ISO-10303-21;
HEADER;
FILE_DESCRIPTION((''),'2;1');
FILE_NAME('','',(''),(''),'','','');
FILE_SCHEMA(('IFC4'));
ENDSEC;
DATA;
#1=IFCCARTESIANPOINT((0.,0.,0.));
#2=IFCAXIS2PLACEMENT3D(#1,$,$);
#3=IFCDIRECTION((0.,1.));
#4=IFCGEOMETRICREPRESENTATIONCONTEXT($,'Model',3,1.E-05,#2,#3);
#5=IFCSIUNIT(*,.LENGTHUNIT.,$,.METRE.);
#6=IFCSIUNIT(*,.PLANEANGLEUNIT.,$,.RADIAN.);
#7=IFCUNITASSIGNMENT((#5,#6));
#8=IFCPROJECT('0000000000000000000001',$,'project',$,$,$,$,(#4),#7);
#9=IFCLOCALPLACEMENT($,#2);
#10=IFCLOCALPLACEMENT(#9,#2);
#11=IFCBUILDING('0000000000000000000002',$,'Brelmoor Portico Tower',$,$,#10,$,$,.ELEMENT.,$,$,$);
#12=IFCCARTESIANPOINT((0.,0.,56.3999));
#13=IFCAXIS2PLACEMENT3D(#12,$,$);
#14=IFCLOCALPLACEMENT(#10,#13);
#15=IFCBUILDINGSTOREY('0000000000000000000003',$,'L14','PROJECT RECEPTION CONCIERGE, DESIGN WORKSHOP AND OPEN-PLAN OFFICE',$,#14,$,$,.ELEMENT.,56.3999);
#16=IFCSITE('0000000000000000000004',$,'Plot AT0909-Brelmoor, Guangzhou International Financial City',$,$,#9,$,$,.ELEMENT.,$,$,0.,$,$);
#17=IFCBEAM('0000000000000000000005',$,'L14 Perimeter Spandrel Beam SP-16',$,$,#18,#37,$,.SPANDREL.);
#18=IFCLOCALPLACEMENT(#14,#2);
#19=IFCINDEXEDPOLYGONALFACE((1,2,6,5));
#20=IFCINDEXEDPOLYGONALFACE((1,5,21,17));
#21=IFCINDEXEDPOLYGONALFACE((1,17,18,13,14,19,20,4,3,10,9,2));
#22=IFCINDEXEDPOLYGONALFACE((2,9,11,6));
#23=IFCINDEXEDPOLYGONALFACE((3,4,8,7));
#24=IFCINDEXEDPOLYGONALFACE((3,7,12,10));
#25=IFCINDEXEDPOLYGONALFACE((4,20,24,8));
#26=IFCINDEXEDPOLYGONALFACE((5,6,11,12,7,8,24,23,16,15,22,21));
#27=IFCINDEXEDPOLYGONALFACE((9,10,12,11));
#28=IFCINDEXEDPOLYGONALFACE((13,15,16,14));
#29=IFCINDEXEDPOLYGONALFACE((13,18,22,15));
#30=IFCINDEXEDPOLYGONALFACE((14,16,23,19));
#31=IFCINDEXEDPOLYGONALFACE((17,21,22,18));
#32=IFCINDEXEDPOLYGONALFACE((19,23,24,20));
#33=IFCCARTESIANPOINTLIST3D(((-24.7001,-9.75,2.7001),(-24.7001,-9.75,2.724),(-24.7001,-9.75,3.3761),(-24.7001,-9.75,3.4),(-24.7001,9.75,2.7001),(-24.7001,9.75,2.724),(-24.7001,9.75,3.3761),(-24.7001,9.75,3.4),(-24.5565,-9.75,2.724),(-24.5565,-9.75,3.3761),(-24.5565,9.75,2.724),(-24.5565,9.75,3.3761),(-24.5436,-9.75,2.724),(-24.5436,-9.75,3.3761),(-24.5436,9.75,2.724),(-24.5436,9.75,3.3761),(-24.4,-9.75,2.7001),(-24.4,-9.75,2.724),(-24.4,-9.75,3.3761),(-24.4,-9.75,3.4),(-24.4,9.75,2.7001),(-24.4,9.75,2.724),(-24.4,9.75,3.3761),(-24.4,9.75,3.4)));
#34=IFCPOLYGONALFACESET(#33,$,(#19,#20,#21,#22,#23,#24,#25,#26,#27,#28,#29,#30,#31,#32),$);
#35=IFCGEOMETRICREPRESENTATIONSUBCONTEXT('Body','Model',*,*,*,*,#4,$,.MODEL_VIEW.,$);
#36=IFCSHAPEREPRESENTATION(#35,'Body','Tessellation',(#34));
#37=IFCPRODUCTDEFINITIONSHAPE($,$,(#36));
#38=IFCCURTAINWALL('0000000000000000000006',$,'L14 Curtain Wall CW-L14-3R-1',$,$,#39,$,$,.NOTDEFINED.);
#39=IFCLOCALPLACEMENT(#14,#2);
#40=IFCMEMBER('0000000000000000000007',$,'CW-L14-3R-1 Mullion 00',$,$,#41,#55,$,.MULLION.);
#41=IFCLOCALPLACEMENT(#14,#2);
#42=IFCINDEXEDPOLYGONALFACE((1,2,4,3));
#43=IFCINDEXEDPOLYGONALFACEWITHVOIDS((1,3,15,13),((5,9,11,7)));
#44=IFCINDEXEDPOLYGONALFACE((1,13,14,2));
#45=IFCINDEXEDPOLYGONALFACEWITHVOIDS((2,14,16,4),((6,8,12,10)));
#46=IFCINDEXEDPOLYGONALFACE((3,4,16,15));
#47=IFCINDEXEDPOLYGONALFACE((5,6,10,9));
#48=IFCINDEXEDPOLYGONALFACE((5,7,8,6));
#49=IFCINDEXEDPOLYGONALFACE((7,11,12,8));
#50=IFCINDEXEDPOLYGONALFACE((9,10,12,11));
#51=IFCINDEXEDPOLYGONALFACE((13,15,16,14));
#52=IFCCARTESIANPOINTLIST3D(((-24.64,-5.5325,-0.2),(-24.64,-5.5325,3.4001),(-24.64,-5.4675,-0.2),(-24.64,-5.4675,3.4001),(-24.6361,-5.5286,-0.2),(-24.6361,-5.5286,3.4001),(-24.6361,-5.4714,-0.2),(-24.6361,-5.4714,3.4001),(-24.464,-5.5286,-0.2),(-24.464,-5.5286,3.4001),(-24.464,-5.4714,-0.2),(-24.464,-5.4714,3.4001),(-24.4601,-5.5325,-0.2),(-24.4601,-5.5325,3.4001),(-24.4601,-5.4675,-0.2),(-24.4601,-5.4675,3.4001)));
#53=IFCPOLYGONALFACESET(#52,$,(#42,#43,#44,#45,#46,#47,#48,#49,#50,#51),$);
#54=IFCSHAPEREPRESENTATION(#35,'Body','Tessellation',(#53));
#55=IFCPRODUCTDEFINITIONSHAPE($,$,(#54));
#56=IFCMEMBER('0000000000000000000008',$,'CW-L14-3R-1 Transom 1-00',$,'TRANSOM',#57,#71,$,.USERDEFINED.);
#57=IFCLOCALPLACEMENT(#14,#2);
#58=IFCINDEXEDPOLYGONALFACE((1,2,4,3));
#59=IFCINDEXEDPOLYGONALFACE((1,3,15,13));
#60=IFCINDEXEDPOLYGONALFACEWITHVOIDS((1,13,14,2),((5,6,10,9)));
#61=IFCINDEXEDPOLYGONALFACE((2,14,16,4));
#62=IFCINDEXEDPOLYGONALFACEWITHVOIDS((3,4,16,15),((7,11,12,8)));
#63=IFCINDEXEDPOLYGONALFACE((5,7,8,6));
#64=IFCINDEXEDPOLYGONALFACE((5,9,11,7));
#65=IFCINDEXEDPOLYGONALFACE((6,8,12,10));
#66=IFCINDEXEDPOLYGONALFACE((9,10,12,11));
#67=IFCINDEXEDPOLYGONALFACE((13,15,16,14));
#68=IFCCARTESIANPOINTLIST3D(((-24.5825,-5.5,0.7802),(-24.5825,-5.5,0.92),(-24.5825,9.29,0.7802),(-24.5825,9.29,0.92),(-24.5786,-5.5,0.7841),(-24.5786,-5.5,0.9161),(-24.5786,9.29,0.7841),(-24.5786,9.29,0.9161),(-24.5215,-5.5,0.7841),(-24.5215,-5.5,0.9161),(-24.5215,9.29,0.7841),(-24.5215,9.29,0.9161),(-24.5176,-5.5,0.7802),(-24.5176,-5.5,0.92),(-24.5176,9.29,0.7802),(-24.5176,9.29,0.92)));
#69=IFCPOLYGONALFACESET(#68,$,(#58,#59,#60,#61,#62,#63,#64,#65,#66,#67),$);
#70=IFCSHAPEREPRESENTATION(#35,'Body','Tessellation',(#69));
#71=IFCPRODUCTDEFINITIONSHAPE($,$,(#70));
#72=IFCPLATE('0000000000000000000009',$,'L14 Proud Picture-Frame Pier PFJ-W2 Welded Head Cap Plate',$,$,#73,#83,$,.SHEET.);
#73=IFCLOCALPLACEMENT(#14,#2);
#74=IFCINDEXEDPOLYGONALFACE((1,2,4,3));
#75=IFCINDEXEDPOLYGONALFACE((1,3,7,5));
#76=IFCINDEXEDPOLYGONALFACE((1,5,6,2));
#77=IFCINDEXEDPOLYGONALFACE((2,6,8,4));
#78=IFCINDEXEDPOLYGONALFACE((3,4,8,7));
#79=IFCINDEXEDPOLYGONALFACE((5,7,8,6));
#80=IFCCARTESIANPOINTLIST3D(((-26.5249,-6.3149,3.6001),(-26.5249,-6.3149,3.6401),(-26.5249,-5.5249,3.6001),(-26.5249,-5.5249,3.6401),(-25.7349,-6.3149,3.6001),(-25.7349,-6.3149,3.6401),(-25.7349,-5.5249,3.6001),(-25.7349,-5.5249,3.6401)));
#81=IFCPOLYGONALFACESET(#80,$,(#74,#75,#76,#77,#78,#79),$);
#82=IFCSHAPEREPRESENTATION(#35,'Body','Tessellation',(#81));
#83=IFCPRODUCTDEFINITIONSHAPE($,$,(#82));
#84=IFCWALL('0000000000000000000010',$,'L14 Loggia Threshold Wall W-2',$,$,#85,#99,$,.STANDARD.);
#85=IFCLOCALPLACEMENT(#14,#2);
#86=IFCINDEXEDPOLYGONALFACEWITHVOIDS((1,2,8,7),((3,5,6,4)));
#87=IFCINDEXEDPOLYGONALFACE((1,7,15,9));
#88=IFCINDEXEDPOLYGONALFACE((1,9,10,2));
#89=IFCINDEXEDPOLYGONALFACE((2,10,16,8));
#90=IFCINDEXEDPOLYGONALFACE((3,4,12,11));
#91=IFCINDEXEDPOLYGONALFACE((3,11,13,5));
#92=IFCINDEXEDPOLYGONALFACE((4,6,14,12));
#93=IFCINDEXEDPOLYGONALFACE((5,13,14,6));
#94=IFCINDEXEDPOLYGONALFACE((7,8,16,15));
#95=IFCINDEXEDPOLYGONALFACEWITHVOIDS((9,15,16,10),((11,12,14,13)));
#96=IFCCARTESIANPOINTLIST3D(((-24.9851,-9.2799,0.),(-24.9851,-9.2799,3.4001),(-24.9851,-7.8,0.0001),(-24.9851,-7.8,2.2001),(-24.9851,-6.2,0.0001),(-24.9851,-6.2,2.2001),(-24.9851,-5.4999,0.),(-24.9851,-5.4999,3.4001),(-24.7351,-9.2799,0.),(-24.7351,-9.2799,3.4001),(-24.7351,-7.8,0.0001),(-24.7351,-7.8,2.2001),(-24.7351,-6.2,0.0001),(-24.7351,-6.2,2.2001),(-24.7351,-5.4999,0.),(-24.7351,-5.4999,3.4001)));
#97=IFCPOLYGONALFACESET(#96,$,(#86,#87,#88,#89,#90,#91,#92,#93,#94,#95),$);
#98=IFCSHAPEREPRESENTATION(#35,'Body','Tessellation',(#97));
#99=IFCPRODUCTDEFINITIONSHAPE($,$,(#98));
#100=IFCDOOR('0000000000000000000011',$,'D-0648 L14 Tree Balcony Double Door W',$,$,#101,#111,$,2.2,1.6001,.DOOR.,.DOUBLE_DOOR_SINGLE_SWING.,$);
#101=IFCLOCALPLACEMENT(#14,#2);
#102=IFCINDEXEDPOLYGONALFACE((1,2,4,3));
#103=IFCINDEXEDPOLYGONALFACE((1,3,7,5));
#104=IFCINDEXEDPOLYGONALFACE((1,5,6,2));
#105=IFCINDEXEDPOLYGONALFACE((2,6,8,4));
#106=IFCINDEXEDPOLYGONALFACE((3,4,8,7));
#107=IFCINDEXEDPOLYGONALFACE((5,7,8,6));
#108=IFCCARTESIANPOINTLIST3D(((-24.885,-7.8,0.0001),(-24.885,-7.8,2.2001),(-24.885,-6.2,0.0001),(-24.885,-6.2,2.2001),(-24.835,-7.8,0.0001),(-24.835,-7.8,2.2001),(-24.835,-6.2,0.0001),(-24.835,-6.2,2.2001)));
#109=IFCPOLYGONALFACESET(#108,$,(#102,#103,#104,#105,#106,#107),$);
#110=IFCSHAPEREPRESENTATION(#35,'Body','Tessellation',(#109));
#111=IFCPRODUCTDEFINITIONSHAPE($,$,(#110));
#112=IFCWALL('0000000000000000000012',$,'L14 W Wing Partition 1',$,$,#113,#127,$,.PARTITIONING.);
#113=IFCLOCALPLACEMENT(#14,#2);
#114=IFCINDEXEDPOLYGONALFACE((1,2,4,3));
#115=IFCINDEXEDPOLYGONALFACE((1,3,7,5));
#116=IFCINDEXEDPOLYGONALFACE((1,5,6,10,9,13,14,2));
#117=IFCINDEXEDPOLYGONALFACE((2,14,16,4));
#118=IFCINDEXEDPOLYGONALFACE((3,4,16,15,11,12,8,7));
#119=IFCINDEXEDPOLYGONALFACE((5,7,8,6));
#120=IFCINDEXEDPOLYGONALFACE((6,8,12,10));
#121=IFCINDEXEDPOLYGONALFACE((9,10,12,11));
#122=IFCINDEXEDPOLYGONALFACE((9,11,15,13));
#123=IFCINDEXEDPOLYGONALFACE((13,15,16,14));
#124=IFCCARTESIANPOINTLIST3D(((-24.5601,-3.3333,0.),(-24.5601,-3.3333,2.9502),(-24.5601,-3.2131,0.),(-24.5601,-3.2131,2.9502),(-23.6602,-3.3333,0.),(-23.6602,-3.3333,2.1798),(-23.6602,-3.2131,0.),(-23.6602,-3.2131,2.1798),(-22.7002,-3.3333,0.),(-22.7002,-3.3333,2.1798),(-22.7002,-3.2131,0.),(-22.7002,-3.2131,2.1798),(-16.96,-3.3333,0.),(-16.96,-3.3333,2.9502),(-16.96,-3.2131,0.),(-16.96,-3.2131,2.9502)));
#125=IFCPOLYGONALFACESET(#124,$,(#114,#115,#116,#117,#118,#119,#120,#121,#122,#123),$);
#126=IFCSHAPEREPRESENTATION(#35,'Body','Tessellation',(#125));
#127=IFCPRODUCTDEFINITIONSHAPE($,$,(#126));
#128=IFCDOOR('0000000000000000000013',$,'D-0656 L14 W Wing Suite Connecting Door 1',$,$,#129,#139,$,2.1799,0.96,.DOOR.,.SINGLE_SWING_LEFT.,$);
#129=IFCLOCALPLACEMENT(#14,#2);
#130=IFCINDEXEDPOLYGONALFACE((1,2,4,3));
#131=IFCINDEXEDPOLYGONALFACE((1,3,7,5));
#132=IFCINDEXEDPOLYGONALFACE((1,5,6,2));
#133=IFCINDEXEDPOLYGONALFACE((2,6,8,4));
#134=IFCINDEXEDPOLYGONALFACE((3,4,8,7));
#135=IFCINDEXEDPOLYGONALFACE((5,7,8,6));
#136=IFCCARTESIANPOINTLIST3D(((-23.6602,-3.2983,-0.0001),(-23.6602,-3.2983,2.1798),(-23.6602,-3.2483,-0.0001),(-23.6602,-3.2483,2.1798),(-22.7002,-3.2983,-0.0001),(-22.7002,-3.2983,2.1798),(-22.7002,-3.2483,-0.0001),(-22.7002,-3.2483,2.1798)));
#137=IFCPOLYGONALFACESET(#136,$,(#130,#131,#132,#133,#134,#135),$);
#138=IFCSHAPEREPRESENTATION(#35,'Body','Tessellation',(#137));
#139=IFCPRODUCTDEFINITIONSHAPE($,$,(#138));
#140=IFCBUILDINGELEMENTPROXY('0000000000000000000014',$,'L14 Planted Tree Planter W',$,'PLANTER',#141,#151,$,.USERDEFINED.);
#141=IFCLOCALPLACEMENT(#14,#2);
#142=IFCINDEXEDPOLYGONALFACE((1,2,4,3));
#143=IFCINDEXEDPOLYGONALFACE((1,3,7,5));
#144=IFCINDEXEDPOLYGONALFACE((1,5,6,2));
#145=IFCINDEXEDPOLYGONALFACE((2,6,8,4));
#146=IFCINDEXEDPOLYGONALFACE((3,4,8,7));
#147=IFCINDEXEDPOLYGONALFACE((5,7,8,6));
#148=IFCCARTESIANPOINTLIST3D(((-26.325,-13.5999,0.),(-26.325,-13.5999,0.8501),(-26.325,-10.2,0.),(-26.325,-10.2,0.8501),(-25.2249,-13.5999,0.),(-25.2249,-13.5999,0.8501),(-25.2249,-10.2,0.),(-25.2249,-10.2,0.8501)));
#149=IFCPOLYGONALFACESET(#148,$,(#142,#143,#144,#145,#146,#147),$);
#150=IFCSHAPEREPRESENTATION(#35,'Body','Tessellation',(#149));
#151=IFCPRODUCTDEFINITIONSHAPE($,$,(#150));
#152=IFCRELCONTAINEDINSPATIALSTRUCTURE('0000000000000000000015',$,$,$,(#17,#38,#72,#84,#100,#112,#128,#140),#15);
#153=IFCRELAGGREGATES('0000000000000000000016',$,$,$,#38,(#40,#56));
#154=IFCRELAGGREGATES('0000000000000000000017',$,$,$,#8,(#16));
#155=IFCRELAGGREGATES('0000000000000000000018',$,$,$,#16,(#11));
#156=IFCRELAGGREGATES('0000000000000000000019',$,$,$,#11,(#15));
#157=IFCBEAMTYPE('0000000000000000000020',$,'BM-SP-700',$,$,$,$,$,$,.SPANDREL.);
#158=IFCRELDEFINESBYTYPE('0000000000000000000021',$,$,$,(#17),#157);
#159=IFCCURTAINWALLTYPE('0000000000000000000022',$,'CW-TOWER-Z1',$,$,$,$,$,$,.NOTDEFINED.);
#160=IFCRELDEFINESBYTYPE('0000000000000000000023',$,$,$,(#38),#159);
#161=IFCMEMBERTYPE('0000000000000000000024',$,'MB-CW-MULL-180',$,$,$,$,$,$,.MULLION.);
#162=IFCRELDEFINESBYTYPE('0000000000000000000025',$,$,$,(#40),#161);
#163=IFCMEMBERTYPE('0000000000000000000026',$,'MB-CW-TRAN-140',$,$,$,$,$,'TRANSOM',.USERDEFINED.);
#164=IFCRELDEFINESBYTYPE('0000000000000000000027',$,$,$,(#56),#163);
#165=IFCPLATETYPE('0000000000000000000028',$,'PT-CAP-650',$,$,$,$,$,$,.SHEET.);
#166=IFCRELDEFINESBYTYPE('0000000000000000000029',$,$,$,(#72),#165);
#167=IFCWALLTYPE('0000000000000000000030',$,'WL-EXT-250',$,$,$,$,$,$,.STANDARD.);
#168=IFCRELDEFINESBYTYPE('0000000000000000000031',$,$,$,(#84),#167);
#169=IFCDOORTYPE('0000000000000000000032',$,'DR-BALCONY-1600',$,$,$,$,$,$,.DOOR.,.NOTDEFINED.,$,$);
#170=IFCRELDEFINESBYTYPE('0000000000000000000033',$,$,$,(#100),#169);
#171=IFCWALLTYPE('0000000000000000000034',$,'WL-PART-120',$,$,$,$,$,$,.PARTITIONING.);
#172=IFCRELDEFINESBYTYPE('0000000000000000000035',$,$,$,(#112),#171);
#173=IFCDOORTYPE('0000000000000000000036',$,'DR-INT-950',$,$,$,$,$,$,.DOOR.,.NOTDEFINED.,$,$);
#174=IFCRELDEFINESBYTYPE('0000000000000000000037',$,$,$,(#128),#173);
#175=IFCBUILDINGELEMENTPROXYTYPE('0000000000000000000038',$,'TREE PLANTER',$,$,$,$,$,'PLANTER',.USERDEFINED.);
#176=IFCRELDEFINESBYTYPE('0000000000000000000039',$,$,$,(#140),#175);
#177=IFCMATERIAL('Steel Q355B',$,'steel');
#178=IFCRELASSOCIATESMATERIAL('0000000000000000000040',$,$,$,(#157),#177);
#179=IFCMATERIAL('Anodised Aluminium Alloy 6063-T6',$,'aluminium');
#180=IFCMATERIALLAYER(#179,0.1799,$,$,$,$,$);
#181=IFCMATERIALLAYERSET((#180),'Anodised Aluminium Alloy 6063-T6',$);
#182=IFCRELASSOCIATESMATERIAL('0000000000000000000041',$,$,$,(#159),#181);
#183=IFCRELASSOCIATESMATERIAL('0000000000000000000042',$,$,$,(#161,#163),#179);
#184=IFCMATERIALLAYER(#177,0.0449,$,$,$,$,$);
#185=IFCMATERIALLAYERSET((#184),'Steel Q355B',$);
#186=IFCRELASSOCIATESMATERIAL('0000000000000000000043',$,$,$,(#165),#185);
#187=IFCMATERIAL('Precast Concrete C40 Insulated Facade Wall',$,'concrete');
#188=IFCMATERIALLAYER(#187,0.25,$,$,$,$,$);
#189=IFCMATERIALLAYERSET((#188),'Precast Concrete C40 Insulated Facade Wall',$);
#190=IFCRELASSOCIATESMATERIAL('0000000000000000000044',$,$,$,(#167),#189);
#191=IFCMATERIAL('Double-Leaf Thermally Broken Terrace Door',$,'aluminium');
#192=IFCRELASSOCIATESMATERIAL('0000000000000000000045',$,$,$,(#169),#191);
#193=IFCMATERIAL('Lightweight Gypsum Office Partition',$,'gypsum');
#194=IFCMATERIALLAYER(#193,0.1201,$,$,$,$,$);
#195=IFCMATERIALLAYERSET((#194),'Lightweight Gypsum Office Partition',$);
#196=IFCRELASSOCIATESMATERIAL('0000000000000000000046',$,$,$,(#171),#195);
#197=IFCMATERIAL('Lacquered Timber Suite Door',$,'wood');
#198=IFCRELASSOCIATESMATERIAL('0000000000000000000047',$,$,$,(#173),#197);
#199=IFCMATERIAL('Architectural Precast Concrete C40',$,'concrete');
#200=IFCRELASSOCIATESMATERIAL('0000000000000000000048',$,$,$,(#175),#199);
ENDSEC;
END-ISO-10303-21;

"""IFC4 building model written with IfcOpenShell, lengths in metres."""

from ifc_helpers import new_model, si_unit, direction, frame, frame_2d, origin, origin_2d, place, context, subcontext, project, spatial, rectangle, hollow_rectangle, i_section, extrude, material, layer, layer_set, material_profile, profile_set, type_object, element, fill, aggregate, save


model = new_model("IFC4")

# Units and contexts
model_context = context("Model", 3, precision=1e-05, world=origin(), true_north=direction((0.0, 1.0)))
body_context = subcontext(model_context, "Body", "Model", "MODEL_VIEW")
ifc_project = project(units=[si_unit("LENGTHUNIT", "METRE"), si_unit("PLANEANGLEUNIT", "RADIAN")], contexts=[model_context])

# Site, building, storey
site_placement = place(None, origin())
site = spatial("IfcSite", under=ifc_project, at=site_placement, Name="Plot AT0909-Brelmoor, Guangzhou International Financial City", CompositionType="ELEMENT", RefElevation=0.0)
building_placement = place(site_placement, origin())
building = spatial("IfcBuilding", under=site, at=building_placement, Name="Brelmoor Portico Tower", CompositionType="ELEMENT")
storey_placement = place(building_placement, frame((0.0, 0.0, 56.3999)))
storey = spatial("IfcBuildingStorey", under=building, at=storey_placement, Name="L14", Description="PROJECT RECEPTION CONCIERGE, DESIGN WORKSHOP AND OPEN-PLAN OFFICE", CompositionType="ELEMENT", Elevation=56.3999)

# Shared definitions
ifc_material_1 = material(Name="Steel Q355B", Category="steel")

# Beam
ifc_material_profile_1 = material_profile(ifc_material_1, i_section(OverallWidth=0.3, OverallDepth=0.7, WebThickness=0.0129, FlangeThickness=0.0239, at=origin_2d()), Name="HN 700x300x13x24")
ifc_profile_set_1 = profile_set([ifc_material_profile_1], Name="Steel Q355B")
beam_type_1 = type_object("IfcBeamType", Name="BM-SP-700", PredefinedType="SPANDREL", material=ifc_profile_set_1)
beam_1_placement = place(storey_placement, frame((-24.55, -9.75, 3.05), z_axis=(0.0, 1.0, 0.0), x_axis=(-1.0, 0.0, 0.0)))
element("IfcBeam", 1, at=beam_1_placement, inside=storey, type_object=beam_type_1, Name="L14 Perimeter Spandrel Beam SP-16", PredefinedType="SPANDREL", context=body_context, shape_type="SweptSolid", body=[
    extrude(i_section(OverallWidth=0.3, OverallDepth=0.7, WebThickness=0.0129, FlangeThickness=0.0239, at=origin_2d()), origin(), (0.0, 0.0, 1.0), 19.5),
])

# Curtain wall, members
ifc_material_2 = material(Name="Anodised Aluminium Alloy 6063-T6", Category="aluminium")
ifc_layer_1 = layer(ifc_material_2, 0.1799)
ifc_layer_set_1 = layer_set([ifc_layer_1], Name="Anodised Aluminium Alloy 6063-T6")
curtain_wall_type = type_object("IfcCurtainWallType", Name="CW-TOWER-Z1", PredefinedType="NOTDEFINED", material=ifc_layer_set_1)
curtain_wall_placement = place(storey_placement, origin())
curtain_wall = element("IfcCurtainWall", 2, at=curtain_wall_placement, inside=storey, type_object=curtain_wall_type, Name="L14 Curtain Wall CW-L14-3R-1", PredefinedType="NOTDEFINED")
ifc_material_profile_2 = material_profile(ifc_material_2, hollow_rectangle(XDim=0.0649, YDim=0.1799, WallThickness=0.0039, at=origin_2d()), Name="ALU MULLION 65x180")
ifc_profile_set_2 = profile_set([ifc_material_profile_2], Name="Anodised Aluminium Alloy 6063-T6")
member_type_1 = type_object("IfcMemberType", Name="MB-CW-MULL-180", PredefinedType="MULLION", material=ifc_profile_set_2)
member_1_placement = place(storey_placement, frame((-24.55, -5.5, -0.2), z_axis=(0.0, 0.0, 1.0), x_axis=(0.0, 1.0, 0.0)))
member_1 = element("IfcMember", 3, at=member_1_placement, type_object=member_type_1, Name="CW-L14-3R-1 Mullion 00", PredefinedType="MULLION", context=body_context, shape_type="SweptSolid", body=[
    extrude(hollow_rectangle(XDim=0.0649, YDim=0.1799, WallThickness=0.0039, at=origin_2d()), origin(), (0.0, 0.0, 1.0), 3.6001),
])
ifc_material_profile_3 = material_profile(ifc_material_2, hollow_rectangle(XDim=0.0649, YDim=0.1399, WallThickness=0.0039, at=origin_2d()), Name="ALU TRANSOM 65x140")
ifc_profile_set_3 = profile_set([ifc_material_profile_3], Name="Anodised Aluminium Alloy 6063-T6")
member_type_2 = type_object("IfcMemberType", Name="MB-CW-TRAN-140", ElementType="TRANSOM", PredefinedType="USERDEFINED", material=ifc_profile_set_3)
member_2_placement = place(storey_placement, frame((-24.55, -5.5, 0.8501), z_axis=(0.0, 1.0, 0.0), x_axis=(-1.0, 0.0, 0.0)))
member_2 = element("IfcMember", 4, at=member_2_placement, type_object=member_type_2, Name="CW-L14-3R-1 Transom 1-00", ObjectType="TRANSOM", PredefinedType="USERDEFINED", context=body_context, shape_type="SweptSolid", body=[
    extrude(hollow_rectangle(XDim=0.0649, YDim=0.1399, WallThickness=0.0039, at=origin_2d()), origin(), (0.0, 0.0, 1.0), 14.79),
])
aggregate(curtain_wall, [member_1, member_2])

# Plate
ifc_layer_2 = layer(ifc_material_1, 0.0449)
ifc_layer_set_2 = layer_set([ifc_layer_2], Name="Steel Q355B")
plate_type = type_object("IfcPlateType", Name="PT-CAP-650", PredefinedType="SHEET", material=ifc_layer_set_2)
plate_placement = place(storey_placement, frame((-26.1299, -5.9199, 3.6001), z_axis=(0.0, 0.0, 1.0), x_axis=(0.0, 1.0, 0.0)))
element("IfcPlate", 5, at=plate_placement, inside=storey, type_object=plate_type, Name="L14 Proud Picture-Frame Pier PFJ-W2 Welded Head Cap Plate", PredefinedType="SHEET", context=body_context, shape_type="SweptSolid", body=[
    extrude(rectangle(XDim=0.79, YDim=0.79, at=origin_2d()), origin(), (0.0, 0.0, 1.0), 0.04),
])

# Walls, openings, doors
ifc_material_3 = material(Name="Precast Concrete C40 Insulated Facade Wall", Category="concrete")
ifc_layer_3 = layer(ifc_material_3, 0.25)
ifc_layer_set_3 = layer_set([ifc_layer_3], Name="Precast Concrete C40 Insulated Facade Wall")
wall_type_1 = type_object("IfcWallType", Name="WL-EXT-250", PredefinedType="STANDARD", material=ifc_layer_set_3)
wall_1_placement = place(storey_placement, frame((-24.8601, -9.28, 0.0), z_axis=(0.0, 0.0, 1.0), x_axis=(0.0, 1.0, 0.0)))
wall_1 = element("IfcWall", 6, at=wall_1_placement, inside=storey, type_object=wall_type_1, Name="L14 Loggia Threshold Wall W-2", PredefinedType="STANDARD", context=body_context, shape_type="SweptSolid", body=[
    extrude(rectangle(XDim=3.78, YDim=0.25, at=frame_2d((1.8901, 0.0))), origin(), (0.0, 0.0, 1.0), 3.4001),
])
opening_1_placement = place(wall_1_placement, frame((1.48, 0.0, 0.0)))
opening_1 = element("IfcOpeningElement", 7, at=opening_1_placement, cuts=wall_1, PredefinedType="OPENING", context=body_context, shape_type="SweptSolid", body=[
    extrude(rectangle(XDim=1.6001, YDim=2.2, at=frame_2d((0.8, 1.1001))), frame((0.0, 0.135, 0.0), z_axis=(0.0, -1.0, 0.0), x_axis=(1.0, 0.0, 0.0)), (0.0, 0.0, 1.0), 0.27),
])
ifc_material_4 = material(Name="Double-Leaf Thermally Broken Terrace Door", Category="aluminium")
door_type_1 = type_object("IfcDoorType", Name="DR-BALCONY-1600", OperationType="NOTDEFINED", PredefinedType="DOOR", material=ifc_material_4)
door_1_placement = place(opening_1_placement, origin())
door_1 = element("IfcDoor", 8, at=door_1_placement, inside=storey, type_object=door_type_1, Name="D-0648 L14 Tree Balcony Double Door W", OperationType="DOUBLE_DOOR_SINGLE_SWING", OverallHeight=2.2, OverallWidth=1.6001, PredefinedType="DOOR", context=body_context, shape_type="SweptSolid", body=[
    extrude(rectangle(XDim=1.6001, YDim=2.2, at=frame_2d((0.8, 1.1001))), frame((0.0, 0.0249, 0.0), z_axis=(0.0, -1.0, 0.0), x_axis=(1.0, 0.0, 0.0)), (0.0, 0.0, 1.0), 0.05),
])
fill(opening_1, door_1)
ifc_material_5 = material(Name="Lightweight Gypsum Office Partition", Category="gypsum")
ifc_layer_4 = layer(ifc_material_5, 0.1201)
ifc_layer_set_4 = layer_set([ifc_layer_4], Name="Lightweight Gypsum Office Partition")
wall_type_2 = type_object("IfcWallType", Name="WL-PART-120", PredefinedType="PARTITIONING", material=ifc_layer_set_4)
wall_2_placement = place(storey_placement, frame((-24.5601, -3.2732, 0.0), z_axis=(0.0, 0.0, 1.0), x_axis=(1.0, 0.0, 0.0)))
wall_2 = element("IfcWall", 9, at=wall_2_placement, inside=storey, type_object=wall_type_2, Name="L14 W Wing Partition 1", PredefinedType="PARTITIONING", context=body_context, shape_type="SweptSolid", body=[
    extrude(rectangle(XDim=7.6001, YDim=0.1201, at=frame_2d((3.8, 0.0))), origin(), (0.0, 0.0, 1.0), 2.9502),
])
opening_2_placement = place(wall_2_placement, frame((0.8999, 0.0, 0.0)))
opening_2 = element("IfcOpeningElement", 10, at=opening_2_placement, cuts=wall_2, PredefinedType="OPENING", context=body_context, shape_type="SweptSolid", body=[
    extrude(rectangle(XDim=0.96, YDim=2.1799, at=frame_2d((0.48, 1.0898))), frame((0.0, 0.0701, 0.0), z_axis=(0.0, -1.0, 0.0), x_axis=(1.0, 0.0, 0.0)), (0.0, 0.0, 1.0), 0.1401),
])
ifc_material_6 = material(Name="Lacquered Timber Suite Door", Category="wood")
door_type_2 = type_object("IfcDoorType", Name="DR-INT-950", OperationType="NOTDEFINED", PredefinedType="DOOR", material=ifc_material_6)
door_2_placement = place(opening_2_placement, origin())
door_2 = element("IfcDoor", 11, at=door_2_placement, inside=storey, type_object=door_type_2, Name="D-0656 L14 W Wing Suite Connecting Door 1", OperationType="SINGLE_SWING_LEFT", OverallHeight=2.1799, OverallWidth=0.96, PredefinedType="DOOR", context=body_context, shape_type="SweptSolid", body=[
    extrude(rectangle(XDim=0.96, YDim=2.1799, at=frame_2d((0.48, 1.0898))), frame((0.0, 0.0249, 0.0), z_axis=(0.0, -1.0, 0.0), x_axis=(1.0, 0.0, 0.0)), (0.0, 0.0, 1.0), 0.05),
])
fill(opening_2, door_2)

# Building element proxy
ifc_material_7 = material(Name="Architectural Precast Concrete C40", Category="concrete")
building_element_proxy_type = type_object("IfcBuildingElementProxyType", Name="TREE PLANTER", ElementType="PLANTER", PredefinedType="USERDEFINED", material=ifc_material_7)
proxy_placement = place(storey_placement, frame((-25.7749, -11.8999, 0.0), z_axis=(0.0, 0.0, 1.0), x_axis=(0.0, 1.0, 0.0)))
element("IfcBuildingElementProxy", 12, at=proxy_placement, inside=storey, type_object=building_element_proxy_type, Name="L14 Planted Tree Planter W", ObjectType="PLANTER", PredefinedType="USERDEFINED", context=body_context, shape_type="SweptSolid", body=[
    extrude(rectangle(XDim=3.3999, YDim=1.1001, at=origin_2d()), origin(), (0.0, 0.0, 1.0), 0.8501),
])

save(model, "model.ifc")
